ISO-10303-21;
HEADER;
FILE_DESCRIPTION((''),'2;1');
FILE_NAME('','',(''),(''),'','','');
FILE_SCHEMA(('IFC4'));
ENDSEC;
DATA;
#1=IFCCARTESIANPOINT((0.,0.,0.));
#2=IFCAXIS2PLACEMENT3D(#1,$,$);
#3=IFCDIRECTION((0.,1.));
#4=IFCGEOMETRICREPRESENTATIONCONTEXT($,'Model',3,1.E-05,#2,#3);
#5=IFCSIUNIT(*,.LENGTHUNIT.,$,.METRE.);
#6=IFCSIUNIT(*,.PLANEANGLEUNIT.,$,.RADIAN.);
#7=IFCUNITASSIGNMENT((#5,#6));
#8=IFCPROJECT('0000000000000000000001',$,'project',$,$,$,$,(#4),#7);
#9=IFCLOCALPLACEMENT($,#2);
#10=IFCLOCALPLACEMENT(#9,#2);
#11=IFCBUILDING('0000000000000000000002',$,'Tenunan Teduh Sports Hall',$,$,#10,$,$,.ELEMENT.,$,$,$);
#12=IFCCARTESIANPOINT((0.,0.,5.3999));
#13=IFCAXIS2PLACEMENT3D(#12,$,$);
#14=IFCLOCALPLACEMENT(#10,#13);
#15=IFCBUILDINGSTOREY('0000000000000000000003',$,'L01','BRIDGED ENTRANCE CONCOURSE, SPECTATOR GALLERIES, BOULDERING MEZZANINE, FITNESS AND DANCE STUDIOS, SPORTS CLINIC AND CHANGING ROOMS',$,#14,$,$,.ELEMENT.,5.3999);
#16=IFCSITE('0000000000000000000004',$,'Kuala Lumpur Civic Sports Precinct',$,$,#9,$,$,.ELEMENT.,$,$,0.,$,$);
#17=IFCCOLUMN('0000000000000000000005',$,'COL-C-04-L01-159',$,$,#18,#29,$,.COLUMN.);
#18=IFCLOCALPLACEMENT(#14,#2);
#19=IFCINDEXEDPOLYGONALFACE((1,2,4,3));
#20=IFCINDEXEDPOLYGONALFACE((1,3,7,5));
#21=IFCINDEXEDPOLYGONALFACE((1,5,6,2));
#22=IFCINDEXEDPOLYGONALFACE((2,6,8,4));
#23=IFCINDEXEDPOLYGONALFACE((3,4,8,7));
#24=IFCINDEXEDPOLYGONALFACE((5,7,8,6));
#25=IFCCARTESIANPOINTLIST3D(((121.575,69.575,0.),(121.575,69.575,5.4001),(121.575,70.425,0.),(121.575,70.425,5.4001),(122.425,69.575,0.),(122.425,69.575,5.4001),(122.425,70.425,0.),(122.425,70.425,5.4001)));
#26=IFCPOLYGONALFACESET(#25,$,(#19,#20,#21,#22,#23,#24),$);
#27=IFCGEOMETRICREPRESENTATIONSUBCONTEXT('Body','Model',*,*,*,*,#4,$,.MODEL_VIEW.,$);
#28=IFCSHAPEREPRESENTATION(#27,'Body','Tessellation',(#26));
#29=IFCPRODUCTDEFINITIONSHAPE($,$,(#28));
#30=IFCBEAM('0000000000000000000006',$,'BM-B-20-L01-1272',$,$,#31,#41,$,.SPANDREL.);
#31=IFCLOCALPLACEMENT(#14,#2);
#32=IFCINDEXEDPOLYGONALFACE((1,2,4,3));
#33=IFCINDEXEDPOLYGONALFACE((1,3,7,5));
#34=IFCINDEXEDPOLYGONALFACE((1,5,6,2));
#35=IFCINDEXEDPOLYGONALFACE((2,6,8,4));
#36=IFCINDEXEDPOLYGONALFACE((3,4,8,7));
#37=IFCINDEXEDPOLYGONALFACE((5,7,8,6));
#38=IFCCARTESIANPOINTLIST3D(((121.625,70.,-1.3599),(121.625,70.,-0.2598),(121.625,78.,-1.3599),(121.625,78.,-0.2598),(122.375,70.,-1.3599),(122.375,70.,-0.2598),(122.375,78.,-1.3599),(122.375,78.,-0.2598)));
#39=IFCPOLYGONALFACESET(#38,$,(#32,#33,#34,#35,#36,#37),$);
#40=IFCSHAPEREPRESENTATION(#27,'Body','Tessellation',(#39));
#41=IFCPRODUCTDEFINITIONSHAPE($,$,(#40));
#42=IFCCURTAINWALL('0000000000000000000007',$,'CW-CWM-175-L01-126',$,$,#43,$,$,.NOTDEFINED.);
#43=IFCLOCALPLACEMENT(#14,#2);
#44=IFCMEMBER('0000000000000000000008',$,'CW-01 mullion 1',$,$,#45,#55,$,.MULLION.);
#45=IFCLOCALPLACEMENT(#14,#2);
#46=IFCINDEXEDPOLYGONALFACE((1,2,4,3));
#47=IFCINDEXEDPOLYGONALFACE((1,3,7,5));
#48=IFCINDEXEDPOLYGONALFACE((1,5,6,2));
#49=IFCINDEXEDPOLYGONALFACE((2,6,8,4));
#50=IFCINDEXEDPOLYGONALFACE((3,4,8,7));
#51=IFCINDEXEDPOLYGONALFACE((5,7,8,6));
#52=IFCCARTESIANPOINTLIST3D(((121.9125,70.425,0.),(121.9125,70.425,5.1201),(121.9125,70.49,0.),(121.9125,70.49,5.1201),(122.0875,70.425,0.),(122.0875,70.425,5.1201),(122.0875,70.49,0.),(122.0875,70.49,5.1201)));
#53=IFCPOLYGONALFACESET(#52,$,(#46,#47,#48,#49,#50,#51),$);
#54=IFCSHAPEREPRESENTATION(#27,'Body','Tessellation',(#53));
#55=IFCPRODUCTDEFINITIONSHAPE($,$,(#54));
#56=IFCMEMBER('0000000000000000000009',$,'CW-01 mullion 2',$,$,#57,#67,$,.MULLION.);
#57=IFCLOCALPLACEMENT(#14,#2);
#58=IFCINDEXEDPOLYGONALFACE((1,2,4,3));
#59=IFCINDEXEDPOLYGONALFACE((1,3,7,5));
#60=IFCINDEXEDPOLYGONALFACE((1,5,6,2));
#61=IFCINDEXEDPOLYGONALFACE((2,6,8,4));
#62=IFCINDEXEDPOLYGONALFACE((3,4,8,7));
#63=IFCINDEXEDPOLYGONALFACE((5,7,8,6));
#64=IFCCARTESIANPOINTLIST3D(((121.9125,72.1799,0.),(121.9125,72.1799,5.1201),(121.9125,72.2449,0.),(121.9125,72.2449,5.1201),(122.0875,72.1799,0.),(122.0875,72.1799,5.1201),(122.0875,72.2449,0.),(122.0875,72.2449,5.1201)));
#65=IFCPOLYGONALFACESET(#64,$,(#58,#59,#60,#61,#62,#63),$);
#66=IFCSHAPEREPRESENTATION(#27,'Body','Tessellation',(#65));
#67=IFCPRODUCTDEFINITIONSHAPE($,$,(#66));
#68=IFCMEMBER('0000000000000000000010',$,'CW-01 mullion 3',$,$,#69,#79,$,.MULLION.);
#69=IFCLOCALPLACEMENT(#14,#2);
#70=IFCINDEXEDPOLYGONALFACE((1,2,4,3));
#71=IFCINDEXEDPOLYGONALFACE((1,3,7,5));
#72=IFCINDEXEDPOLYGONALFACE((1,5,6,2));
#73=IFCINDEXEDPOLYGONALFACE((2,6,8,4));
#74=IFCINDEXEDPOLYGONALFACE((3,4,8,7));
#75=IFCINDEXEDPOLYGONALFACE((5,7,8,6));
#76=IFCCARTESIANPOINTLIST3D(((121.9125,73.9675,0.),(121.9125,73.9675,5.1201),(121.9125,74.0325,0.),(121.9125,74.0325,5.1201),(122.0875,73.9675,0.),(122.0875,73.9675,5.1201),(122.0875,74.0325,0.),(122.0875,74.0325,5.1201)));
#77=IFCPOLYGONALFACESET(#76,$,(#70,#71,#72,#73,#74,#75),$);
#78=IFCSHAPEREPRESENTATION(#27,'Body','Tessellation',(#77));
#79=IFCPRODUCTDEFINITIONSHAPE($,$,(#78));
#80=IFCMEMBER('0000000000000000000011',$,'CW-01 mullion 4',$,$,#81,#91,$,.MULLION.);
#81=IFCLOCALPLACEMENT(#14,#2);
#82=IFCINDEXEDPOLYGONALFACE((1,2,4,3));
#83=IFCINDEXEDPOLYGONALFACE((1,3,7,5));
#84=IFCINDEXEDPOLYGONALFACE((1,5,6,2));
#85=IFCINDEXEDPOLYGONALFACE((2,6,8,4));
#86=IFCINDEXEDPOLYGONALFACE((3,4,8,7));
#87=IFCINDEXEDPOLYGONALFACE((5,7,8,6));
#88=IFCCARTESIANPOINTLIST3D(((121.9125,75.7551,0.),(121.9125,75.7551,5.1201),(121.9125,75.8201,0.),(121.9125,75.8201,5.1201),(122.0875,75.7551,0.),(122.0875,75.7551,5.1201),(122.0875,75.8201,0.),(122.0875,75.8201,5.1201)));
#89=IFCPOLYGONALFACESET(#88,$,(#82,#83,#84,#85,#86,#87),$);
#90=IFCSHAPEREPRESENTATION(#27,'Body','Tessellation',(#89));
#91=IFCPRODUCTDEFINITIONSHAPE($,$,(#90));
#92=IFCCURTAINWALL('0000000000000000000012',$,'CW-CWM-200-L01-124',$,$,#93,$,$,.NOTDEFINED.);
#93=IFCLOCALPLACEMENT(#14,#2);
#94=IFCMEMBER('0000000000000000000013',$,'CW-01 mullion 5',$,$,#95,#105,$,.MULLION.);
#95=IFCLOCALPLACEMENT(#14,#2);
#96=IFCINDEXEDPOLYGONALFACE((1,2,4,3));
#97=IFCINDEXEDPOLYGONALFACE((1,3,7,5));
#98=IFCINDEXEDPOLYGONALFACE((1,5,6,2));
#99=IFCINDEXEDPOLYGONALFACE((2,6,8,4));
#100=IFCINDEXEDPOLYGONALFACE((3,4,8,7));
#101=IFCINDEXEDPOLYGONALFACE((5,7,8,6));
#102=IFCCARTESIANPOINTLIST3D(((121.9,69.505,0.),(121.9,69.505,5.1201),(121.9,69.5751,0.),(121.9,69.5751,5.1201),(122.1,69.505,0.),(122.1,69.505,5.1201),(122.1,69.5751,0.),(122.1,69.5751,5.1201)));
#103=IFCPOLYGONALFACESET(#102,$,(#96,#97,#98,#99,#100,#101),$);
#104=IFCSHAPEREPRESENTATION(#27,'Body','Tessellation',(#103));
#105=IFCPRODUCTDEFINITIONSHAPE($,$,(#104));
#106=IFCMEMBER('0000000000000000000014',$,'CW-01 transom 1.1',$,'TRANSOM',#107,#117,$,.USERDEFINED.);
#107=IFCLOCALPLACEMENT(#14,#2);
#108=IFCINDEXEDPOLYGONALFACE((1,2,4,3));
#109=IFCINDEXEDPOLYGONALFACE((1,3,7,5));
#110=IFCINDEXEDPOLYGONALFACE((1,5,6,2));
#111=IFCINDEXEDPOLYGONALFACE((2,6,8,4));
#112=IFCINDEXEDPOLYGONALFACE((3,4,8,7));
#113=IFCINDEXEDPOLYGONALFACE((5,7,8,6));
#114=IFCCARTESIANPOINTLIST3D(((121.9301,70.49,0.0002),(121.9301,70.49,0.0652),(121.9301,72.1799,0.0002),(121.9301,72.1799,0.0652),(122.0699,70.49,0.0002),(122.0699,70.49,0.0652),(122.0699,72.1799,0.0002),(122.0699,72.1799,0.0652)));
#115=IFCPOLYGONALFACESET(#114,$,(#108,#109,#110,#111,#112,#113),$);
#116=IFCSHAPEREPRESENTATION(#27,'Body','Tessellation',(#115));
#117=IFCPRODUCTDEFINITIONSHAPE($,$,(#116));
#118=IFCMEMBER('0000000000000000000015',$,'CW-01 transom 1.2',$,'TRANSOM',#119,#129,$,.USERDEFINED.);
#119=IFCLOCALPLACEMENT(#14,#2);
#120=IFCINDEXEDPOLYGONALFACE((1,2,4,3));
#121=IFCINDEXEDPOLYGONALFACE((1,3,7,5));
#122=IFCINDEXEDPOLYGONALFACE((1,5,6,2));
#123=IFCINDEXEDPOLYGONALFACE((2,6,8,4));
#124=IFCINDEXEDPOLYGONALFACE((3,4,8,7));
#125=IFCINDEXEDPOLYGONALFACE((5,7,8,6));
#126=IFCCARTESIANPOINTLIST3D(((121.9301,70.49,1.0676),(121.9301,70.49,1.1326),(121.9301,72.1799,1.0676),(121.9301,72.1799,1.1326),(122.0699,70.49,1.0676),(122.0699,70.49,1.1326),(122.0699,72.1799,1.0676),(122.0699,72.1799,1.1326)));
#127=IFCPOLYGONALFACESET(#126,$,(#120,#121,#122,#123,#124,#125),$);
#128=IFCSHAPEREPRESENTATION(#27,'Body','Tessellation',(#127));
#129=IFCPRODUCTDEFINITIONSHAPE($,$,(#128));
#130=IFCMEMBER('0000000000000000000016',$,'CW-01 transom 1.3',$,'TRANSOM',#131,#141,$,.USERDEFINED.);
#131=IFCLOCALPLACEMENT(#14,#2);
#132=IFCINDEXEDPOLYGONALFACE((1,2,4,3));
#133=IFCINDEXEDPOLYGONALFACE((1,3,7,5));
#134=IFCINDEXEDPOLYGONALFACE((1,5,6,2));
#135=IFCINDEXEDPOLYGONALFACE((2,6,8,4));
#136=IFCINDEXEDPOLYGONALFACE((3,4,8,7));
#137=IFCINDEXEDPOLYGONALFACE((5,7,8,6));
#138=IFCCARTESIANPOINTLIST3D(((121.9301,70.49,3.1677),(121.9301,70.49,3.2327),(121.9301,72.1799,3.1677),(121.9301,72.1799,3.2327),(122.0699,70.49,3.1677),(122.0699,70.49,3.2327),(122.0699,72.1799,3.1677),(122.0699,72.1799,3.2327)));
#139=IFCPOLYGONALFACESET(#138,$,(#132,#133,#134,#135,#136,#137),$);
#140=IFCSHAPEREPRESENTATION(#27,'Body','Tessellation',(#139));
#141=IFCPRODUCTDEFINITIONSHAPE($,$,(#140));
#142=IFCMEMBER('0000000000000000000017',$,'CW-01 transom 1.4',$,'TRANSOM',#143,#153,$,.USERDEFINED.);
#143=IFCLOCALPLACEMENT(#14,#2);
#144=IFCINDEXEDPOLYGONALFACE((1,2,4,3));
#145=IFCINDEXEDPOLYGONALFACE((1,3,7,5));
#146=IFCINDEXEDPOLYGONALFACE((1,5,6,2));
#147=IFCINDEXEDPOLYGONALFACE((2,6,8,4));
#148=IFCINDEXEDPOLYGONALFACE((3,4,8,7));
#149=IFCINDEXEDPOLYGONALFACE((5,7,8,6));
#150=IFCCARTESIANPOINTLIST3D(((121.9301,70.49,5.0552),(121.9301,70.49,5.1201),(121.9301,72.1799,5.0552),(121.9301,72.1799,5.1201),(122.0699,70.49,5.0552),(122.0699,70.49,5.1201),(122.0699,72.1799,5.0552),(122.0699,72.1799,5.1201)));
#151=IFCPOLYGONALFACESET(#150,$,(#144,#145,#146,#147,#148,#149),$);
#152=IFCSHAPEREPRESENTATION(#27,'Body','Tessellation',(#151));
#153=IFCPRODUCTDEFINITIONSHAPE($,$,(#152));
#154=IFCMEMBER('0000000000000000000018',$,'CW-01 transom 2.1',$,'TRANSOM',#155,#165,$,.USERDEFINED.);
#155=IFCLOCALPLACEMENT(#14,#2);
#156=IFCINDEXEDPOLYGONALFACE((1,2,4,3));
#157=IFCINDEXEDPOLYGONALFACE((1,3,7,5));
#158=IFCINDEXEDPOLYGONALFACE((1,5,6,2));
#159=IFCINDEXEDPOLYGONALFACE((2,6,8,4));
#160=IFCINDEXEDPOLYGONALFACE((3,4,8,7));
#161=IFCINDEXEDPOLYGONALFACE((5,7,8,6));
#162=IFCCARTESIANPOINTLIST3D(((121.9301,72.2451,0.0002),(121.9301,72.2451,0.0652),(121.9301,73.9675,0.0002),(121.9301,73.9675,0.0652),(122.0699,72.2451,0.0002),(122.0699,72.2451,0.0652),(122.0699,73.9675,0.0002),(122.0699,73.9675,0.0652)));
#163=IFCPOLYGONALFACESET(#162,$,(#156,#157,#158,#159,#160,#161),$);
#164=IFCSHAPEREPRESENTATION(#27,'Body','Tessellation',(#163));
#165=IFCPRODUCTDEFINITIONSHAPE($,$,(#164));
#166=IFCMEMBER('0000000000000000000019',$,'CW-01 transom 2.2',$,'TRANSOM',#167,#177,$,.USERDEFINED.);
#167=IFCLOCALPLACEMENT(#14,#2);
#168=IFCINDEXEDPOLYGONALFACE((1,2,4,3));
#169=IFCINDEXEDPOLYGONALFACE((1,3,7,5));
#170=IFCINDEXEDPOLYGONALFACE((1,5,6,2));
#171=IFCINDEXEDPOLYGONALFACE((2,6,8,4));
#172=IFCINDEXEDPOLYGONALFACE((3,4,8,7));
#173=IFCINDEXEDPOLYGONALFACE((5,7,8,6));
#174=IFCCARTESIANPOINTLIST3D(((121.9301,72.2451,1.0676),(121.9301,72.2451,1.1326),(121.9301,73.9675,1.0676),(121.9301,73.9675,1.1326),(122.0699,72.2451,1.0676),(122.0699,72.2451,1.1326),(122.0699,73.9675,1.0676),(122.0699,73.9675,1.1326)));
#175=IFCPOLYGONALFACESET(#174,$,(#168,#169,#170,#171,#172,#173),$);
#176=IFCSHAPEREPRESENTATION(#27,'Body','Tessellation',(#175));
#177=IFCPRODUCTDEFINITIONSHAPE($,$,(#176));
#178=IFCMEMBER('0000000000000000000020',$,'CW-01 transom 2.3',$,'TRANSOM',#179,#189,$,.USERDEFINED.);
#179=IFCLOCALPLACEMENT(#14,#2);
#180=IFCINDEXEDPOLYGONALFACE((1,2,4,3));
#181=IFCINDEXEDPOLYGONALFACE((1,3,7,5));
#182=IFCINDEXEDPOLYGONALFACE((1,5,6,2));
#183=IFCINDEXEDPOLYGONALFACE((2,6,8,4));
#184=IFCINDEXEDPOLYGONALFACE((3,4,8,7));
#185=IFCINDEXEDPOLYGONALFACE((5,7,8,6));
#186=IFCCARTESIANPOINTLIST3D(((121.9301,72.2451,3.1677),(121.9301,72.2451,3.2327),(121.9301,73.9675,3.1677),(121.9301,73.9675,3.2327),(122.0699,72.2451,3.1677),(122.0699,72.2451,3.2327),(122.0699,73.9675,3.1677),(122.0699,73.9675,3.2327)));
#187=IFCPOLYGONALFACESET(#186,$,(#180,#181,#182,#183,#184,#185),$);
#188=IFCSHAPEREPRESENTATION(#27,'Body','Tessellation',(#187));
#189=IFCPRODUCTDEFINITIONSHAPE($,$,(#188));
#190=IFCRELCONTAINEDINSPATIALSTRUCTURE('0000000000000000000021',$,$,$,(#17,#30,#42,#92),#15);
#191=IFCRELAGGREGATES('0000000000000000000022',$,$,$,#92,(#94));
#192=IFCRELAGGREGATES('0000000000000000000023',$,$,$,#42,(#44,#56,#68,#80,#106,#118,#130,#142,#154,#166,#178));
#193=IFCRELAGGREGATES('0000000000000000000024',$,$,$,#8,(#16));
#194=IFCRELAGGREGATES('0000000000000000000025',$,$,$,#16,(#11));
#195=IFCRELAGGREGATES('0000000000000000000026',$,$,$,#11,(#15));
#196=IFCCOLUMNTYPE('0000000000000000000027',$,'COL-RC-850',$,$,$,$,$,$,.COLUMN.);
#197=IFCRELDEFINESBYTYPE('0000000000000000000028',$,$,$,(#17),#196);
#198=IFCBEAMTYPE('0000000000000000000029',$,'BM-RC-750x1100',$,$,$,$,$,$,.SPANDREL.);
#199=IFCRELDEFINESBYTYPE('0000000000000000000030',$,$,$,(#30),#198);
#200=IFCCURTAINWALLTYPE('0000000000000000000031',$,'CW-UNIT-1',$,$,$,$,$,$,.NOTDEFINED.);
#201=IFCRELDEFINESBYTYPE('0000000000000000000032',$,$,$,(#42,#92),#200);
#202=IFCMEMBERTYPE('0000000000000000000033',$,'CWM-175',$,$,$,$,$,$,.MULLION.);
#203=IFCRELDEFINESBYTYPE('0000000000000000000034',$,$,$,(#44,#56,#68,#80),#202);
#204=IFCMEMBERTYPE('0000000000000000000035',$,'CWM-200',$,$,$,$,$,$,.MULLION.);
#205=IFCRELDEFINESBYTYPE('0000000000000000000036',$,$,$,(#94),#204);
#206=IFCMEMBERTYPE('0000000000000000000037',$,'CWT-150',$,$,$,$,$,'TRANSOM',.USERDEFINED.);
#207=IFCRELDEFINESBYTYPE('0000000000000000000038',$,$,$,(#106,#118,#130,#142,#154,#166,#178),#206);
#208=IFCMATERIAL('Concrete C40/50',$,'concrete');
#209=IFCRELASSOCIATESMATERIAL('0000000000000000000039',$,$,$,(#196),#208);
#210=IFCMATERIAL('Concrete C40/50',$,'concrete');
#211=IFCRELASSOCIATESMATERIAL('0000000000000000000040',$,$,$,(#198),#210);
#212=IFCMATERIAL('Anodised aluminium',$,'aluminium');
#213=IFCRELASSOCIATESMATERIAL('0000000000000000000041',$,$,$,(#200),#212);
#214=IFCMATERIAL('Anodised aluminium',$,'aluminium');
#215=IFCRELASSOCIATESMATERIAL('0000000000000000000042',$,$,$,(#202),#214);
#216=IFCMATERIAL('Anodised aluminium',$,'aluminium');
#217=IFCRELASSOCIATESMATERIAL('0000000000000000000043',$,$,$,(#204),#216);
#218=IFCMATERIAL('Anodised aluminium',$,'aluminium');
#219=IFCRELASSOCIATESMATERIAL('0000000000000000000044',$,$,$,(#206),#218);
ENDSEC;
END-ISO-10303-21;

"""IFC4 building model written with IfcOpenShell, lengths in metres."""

from ifc_helpers import new_model, si_unit, direction, frame, origin, origin_2d, place, context, subcontext, project, spatial, rectangle, extrude, material, material_profile, profile_set, type_object, element, aggregate, save


model = new_model("IFC4")

# Units and contexts
model_context = context("Model", 3, precision=1e-05, world=origin(), true_north=direction((0.0, 1.0)))
body_context = subcontext(model_context, "Body", "Model", "MODEL_VIEW")
ifc_project = project(units=[si_unit("LENGTHUNIT", "METRE"), si_unit("PLANEANGLEUNIT", "RADIAN")], contexts=[model_context])

# Site, building, storey
site_placement = place(None, origin())
site = spatial("IfcSite", under=ifc_project, at=site_placement, Name="Kuala Lumpur Civic Sports Precinct", CompositionType="ELEMENT", RefElevation=0.0)
building_placement = place(site_placement, origin())
building = spatial("IfcBuilding", under=site, at=building_placement, Name="Tenunan Teduh Sports Hall", CompositionType="ELEMENT")
storey_placement = place(building_placement, frame((0.0, 0.0, 5.3999)))
storey = spatial("IfcBuildingStorey", under=building, at=storey_placement, Name="L01", Description="BRIDGED ENTRANCE CONCOURSE, SPECTATOR GALLERIES, BOULDERING MEZZANINE, FITNESS AND DANCE STUDIOS, SPORTS CLINIC AND CHANGING ROOMS", CompositionType="ELEMENT", Elevation=5.3999)

# Column
ifc_material_1 = material(Name="Concrete C40/50", Category="concrete")
ifc_material_profile_1 = material_profile(ifc_material_1, rectangle(XDim=0.8501, YDim=0.8501, at=origin_2d()), Name="RC 850x850")
ifc_profile_set_1 = profile_set([ifc_material_profile_1], Name="Concrete C40/50")
column_type = type_object("IfcColumnType", Name="COL-RC-850", PredefinedType="COLUMN", material=ifc_profile_set_1)
column_placement = place(storey_placement, frame((122.0, 70.0, 0.0), z_axis=(0.0, 0.0, 1.0), x_axis=(1.0, 0.0, 0.0)))
element("IfcColumn", 1, at=column_placement, inside=storey, type_object=column_type, Name="COL-C-04-L01-159", PredefinedType="COLUMN", context=body_context, shape_type="SweptSolid", body=[
    extrude(rectangle(XDim=0.8501, YDim=0.8501, at=origin_2d()), origin(), (0.0, 0.0, 1.0), 5.4001),
])

# Beam
ifc_material_2 = material(Name="Concrete C40/50", Category="concrete")
ifc_material_profile_2 = material_profile(ifc_material_2, rectangle(XDim=0.75, YDim=1.1001, at=origin_2d()), Name="RCB 750x1100")
ifc_profile_set_2 = profile_set([ifc_material_profile_2], Name="Concrete C40/50")
beam_type = type_object("IfcBeamType", Name="BM-RC-750x1100", PredefinedType="SPANDREL", material=ifc_profile_set_2)
beam_placement = place(storey_placement, frame((122.0, 70.0, -0.8098), z_axis=(0.0, 1.0, 0.0), x_axis=(-1.0, 0.0, 0.0)))
element("IfcBeam", 2, at=beam_placement, inside=storey, type_object=beam_type, Name="BM-B-20-L01-1272", PredefinedType="SPANDREL", context=body_context, shape_type="SweptSolid", body=[
    extrude(rectangle(XDim=0.75, YDim=1.1001, at=origin_2d()), origin(), (0.0, 0.0, 1.0), 8.0),
])

# Curtain wall, members
ifc_material_3 = material(Name="Anodised aluminium", Category="aluminium")
curtain_wall_type = type_object("IfcCurtainWallType", Name="CW-UNIT-1", PredefinedType="NOTDEFINED", material=ifc_material_3)
curtain_wall_1_placement = place(storey_placement, origin())
curtain_wall_1 = element("IfcCurtainWall", 3, at=curtain_wall_1_placement, inside=storey, type_object=curtain_wall_type, Name="CW-CWM-175-L01-126", PredefinedType="NOTDEFINED")
ifc_material_4 = material(Name="Anodised aluminium", Category="aluminium")
ifc_material_profile_3 = material_profile(ifc_material_4, rectangle(XDim=0.0649, YDim=0.175, at=origin_2d()), Name="CWM 65x175")
ifc_profile_set_3 = profile_set([ifc_material_profile_3], Name="Anodised aluminium")
member_type_1 = type_object("IfcMemberType", Name="CWM-175", PredefinedType="MULLION", material=ifc_profile_set_3)
member_1_placement = place(storey_placement, frame((122.0, 70.4575, 0.0), z_axis=(0.0, 0.0, 1.0), x_axis=(0.0, 1.0, 0.0)))
member_1 = element("IfcMember", 4, at=member_1_placement, type_object=member_type_1, Name="CW-01 mullion 1", PredefinedType="MULLION", context=body_context, shape_type="SweptSolid", body=[
    extrude(rectangle(XDim=0.0649, YDim=0.175, at=origin_2d()), origin(), (0.0, 0.0, 1.0), 5.1201),
])
member_2_placement = place(storey_placement, frame((122.0, 72.2124, 0.0), z_axis=(0.0, 0.0, 1.0), x_axis=(0.0, 1.0, 0.0)))
member_2 = element("IfcMember", 5, at=member_2_placement, type_object=member_type_1, Name="CW-01 mullion 2", PredefinedType="MULLION", context=body_context, shape_type="SweptSolid", body=[
    extrude(rectangle(XDim=0.0649, YDim=0.175, at=origin_2d()), origin(), (0.0, 0.0, 1.0), 5.1201),
])
member_3_placement = place(storey_placement, frame((122.0, 74.0, 0.0), z_axis=(0.0, 0.0, 1.0), x_axis=(0.0, 1.0, 0.0)))
member_3 = element("IfcMember", 6, at=member_3_placement, type_object=member_type_1, Name="CW-01 mullion 3", PredefinedType="MULLION", context=body_context, shape_type="SweptSolid", body=[
    extrude(rectangle(XDim=0.0649, YDim=0.175, at=origin_2d()), origin(), (0.0, 0.0, 1.0), 5.1201),
])
member_4_placement = place(storey_placement, frame((122.0, 75.7876, 0.0), z_axis=(0.0, 0.0, 1.0), x_axis=(0.0, 1.0, 0.0)))
member_4 = element("IfcMember", 7, at=member_4_placement, type_object=member_type_1, Name="CW-01 mullion 4", PredefinedType="MULLION", context=body_context, shape_type="SweptSolid", body=[
    extrude(rectangle(XDim=0.0649, YDim=0.175, at=origin_2d()), origin(), (0.0, 0.0, 1.0), 5.1201),
])

# Curtain wall, member
curtain_wall_2_placement = place(storey_placement, origin())
curtain_wall_2 = element("IfcCurtainWall", 8, at=curtain_wall_2_placement, inside=storey, type_object=curtain_wall_type, Name="CW-CWM-200-L01-124", PredefinedType="NOTDEFINED")
ifc_material_5 = material(Name="Anodised aluminium", Category="aluminium")
ifc_material_profile_4 = material_profile(ifc_material_5, rectangle(XDim=0.0701, YDim=0.2, at=origin_2d()), Name="CWM 70x200")
ifc_profile_set_4 = profile_set([ifc_material_profile_4], Name="Anodised aluminium")
member_type_2 = type_object("IfcMemberType", Name="CWM-200", PredefinedType="MULLION", material=ifc_profile_set_4)
member_5_placement = place(storey_placement, frame((122.0, 69.54, 0.0), z_axis=(0.0, 0.0, 1.0), x_axis=(0.0, 1.0, 0.0)))
member_5 = element("IfcMember", 9, at=member_5_placement, type_object=member_type_2, Name="CW-01 mullion 5", PredefinedType="MULLION", context=body_context, shape_type="SweptSolid", body=[
    extrude(rectangle(XDim=0.0701, YDim=0.2, at=origin_2d()), origin(), (0.0, 0.0, 1.0), 5.1201),
])

# Members
ifc_material_6 = material(Name="Anodised aluminium", Category="aluminium")
ifc_material_profile_5 = material_profile(ifc_material_6, rectangle(XDim=0.0649, YDim=0.1399, at=origin_2d()), Name="CWT 65x140")
ifc_profile_set_5 = profile_set([ifc_material_profile_5], Name="Anodised aluminium")
member_type_3 = type_object("IfcMemberType", Name="CWT-150", ElementType="TRANSOM", PredefinedType="USERDEFINED", material=ifc_profile_set_5)
member_6_placement = place(storey_placement, frame((122.0, 70.49, 0.0327), z_axis=(0.0, 1.0, 0.0), x_axis=(0.0, 0.0, 1.0)))
member_6 = element("IfcMember", 10, at=member_6_placement, type_object=member_type_3, Name="CW-01 transom 1.1", ObjectType="TRANSOM", PredefinedType="USERDEFINED", context=body_context, shape_type="SweptSolid", body=[
    extrude(rectangle(XDim=0.0649, YDim=0.1399, at=origin_2d()), origin(), (0.0, 0.0, 1.0), 1.6899),
])
member_7_placement = place(storey_placement, frame((122.0, 70.49, 1.1001), z_axis=(0.0, 1.0, 0.0), x_axis=(0.0, 0.0, 1.0)))
member_7 = element("IfcMember", 11, at=member_7_placement, type_object=member_type_3, Name="CW-01 transom 1.2", ObjectType="TRANSOM", PredefinedType="USERDEFINED", context=body_context, shape_type="SweptSolid", body=[
    extrude(rectangle(XDim=0.0649, YDim=0.1399, at=origin_2d()), origin(), (0.0, 0.0, 1.0), 1.6899),
])
member_8_placement = place(storey_placement, frame((122.0, 70.49, 3.2002), z_axis=(0.0, 1.0, 0.0), x_axis=(0.0, 0.0, 1.0)))
member_8 = element("IfcMember", 12, at=member_8_placement, type_object=member_type_3, Name="CW-01 transom 1.3", ObjectType="TRANSOM", PredefinedType="USERDEFINED", context=body_context, shape_type="SweptSolid", body=[
    extrude(rectangle(XDim=0.0649, YDim=0.1399, at=origin_2d()), origin(), (0.0, 0.0, 1.0), 1.6899),
])
member_9_placement = place(storey_placement, frame((122.0, 70.49, 5.0876), z_axis=(0.0, 1.0, 0.0), x_axis=(0.0, 0.0, 1.0)))
member_9 = element("IfcMember", 13, at=member_9_placement, type_object=member_type_3, Name="CW-01 transom 1.4", ObjectType="TRANSOM", PredefinedType="USERDEFINED", context=body_context, shape_type="SweptSolid", body=[
    extrude(rectangle(XDim=0.0649, YDim=0.1399, at=origin_2d()), origin(), (0.0, 0.0, 1.0), 1.6899),
])
member_10_placement = place(storey_placement, frame((122.0, 72.2451, 0.0327), z_axis=(0.0, 1.0, 0.0), x_axis=(0.0, 0.0, 1.0)))
member_10 = element("IfcMember", 14, at=member_10_placement, type_object=member_type_3, Name="CW-01 transom 2.1", ObjectType="TRANSOM", PredefinedType="USERDEFINED", context=body_context, shape_type="SweptSolid", body=[
    extrude(rectangle(XDim=0.0649, YDim=0.1399, at=origin_2d()), origin(), (0.0, 0.0, 1.0), 1.7224),
])
member_11_placement = place(storey_placement, frame((122.0, 72.2451, 1.1001), z_axis=(0.0, 1.0, 0.0), x_axis=(0.0, 0.0, 1.0)))
member_11 = element("IfcMember", 15, at=member_11_placement, type_object=member_type_3, Name="CW-01 transom 2.2", ObjectType="TRANSOM", PredefinedType="USERDEFINED", context=body_context, shape_type="SweptSolid", body=[
    extrude(rectangle(XDim=0.0649, YDim=0.1399, at=origin_2d()), origin(), (0.0, 0.0, 1.0), 1.7224),
])
member_12_placement = place(storey_placement, frame((122.0, 72.2451, 3.2002), z_axis=(0.0, 1.0, 0.0), x_axis=(0.0, 0.0, 1.0)))
member_12 = element("IfcMember", 16, at=member_12_placement, type_object=member_type_3, Name="CW-01 transom 2.3", ObjectType="TRANSOM", PredefinedType="USERDEFINED", context=body_context, shape_type="SweptSolid", body=[
    extrude(rectangle(XDim=0.0649, YDim=0.1399, at=origin_2d()), origin(), (0.0, 0.0, 1.0), 1.7224),
])

aggregate(curtain_wall_2, [member_5])
aggregate(curtain_wall_1, [member_1, member_2, member_3, member_4, member_6, member_7, member_8, member_9, member_10, member_11, member_12])

save(model, "model.ifc")
